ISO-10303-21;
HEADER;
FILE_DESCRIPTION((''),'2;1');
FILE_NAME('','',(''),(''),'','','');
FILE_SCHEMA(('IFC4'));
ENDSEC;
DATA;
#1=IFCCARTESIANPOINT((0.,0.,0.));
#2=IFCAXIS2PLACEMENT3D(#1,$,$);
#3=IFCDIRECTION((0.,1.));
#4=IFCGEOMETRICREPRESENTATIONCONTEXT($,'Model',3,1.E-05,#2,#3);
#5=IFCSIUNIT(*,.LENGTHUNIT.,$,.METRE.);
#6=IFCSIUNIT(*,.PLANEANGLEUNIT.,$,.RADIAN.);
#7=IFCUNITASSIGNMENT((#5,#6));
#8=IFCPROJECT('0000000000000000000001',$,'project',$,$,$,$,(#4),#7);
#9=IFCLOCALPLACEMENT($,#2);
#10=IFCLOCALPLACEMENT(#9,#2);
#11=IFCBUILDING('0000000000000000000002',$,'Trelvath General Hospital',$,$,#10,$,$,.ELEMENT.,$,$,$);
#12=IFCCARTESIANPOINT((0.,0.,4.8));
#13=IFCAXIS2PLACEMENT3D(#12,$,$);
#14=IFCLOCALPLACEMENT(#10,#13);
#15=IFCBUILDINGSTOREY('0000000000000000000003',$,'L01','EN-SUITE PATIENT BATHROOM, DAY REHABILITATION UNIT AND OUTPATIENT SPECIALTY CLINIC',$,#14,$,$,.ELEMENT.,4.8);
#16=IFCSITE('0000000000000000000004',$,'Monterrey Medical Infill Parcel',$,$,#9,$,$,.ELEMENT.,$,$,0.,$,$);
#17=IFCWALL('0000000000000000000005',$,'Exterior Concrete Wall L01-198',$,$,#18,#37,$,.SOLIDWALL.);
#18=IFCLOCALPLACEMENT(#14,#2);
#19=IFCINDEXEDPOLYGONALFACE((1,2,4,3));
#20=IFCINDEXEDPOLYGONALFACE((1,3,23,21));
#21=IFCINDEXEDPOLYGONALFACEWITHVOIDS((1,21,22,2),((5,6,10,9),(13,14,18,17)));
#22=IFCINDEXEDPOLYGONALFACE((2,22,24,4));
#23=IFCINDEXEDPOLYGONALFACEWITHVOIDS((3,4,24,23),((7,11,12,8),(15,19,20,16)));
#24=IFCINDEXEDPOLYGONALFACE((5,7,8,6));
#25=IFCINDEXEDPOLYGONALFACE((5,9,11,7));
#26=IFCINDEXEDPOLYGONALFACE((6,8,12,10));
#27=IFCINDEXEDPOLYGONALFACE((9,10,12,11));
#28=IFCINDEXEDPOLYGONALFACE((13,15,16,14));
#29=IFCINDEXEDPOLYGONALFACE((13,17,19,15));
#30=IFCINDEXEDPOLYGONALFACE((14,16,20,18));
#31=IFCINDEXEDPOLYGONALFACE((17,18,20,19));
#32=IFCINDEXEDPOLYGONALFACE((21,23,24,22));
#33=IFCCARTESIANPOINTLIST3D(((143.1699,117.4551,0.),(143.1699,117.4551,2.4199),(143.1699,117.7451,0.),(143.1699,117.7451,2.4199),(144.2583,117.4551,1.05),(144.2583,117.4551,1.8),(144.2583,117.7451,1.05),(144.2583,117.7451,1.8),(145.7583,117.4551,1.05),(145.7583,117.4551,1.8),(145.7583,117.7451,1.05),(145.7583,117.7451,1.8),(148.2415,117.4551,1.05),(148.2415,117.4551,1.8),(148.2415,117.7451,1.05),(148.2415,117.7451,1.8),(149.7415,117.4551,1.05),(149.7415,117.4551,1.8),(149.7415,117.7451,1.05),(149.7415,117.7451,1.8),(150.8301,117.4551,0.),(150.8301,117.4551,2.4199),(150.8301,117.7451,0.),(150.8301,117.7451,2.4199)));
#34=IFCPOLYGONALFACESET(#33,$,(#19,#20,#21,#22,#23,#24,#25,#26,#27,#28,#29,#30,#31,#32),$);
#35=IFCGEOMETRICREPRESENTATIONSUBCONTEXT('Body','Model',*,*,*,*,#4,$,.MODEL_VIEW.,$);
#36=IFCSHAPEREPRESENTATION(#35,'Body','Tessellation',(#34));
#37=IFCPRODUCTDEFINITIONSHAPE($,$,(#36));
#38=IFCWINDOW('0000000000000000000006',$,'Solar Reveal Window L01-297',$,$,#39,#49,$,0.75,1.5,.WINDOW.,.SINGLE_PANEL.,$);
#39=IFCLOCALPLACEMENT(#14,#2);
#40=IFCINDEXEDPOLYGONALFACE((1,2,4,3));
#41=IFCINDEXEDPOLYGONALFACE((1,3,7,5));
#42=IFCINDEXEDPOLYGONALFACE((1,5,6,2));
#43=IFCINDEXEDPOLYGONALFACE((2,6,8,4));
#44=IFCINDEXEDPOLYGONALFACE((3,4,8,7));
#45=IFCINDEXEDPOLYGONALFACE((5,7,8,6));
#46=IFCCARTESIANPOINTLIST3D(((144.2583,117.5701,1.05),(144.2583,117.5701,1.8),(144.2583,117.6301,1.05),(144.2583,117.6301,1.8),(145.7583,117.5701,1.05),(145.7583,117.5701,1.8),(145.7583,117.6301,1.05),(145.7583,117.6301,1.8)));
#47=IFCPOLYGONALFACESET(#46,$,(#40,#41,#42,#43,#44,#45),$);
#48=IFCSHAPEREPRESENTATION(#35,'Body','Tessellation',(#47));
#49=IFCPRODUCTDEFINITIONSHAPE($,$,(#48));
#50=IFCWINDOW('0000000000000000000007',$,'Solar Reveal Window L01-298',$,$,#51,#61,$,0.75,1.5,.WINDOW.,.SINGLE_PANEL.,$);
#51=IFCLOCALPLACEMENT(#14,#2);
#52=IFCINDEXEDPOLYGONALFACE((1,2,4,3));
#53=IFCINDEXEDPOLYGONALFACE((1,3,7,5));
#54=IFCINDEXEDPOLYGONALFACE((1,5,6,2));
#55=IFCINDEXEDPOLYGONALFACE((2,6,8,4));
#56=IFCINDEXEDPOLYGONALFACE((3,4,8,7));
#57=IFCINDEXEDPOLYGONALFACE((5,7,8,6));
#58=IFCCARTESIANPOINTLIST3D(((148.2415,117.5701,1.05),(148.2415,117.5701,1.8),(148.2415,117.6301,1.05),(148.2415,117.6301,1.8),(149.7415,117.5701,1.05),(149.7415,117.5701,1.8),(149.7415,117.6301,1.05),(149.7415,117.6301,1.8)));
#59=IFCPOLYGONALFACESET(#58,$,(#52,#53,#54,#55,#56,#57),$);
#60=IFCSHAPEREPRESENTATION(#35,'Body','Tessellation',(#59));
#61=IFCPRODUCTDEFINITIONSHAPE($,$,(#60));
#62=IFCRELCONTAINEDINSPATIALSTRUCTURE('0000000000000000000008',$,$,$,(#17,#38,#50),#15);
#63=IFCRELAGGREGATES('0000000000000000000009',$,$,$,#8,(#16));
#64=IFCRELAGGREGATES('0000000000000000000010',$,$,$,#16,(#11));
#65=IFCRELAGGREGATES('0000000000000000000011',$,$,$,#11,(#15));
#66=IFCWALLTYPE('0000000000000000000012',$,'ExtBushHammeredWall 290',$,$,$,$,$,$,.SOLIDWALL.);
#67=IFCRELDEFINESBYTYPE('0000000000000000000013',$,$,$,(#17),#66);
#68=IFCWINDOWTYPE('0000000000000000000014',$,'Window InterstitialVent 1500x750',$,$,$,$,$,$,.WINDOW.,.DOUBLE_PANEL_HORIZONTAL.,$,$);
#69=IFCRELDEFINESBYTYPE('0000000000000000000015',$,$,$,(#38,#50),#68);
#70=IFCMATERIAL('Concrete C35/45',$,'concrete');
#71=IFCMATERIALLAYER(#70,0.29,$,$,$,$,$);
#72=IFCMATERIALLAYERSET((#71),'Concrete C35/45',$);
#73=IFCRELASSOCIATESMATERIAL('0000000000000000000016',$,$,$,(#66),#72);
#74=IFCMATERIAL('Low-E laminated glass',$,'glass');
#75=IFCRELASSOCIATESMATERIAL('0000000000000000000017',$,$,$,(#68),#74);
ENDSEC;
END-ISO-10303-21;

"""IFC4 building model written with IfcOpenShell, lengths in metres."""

from ifc_helpers import new_model, si_unit, direction, frame, frame_2d, origin, place, context, subcontext, project, spatial, rectangle, extrude, material, layer, layer_set, type_object, element, fill, save


model = new_model("IFC4")

# Units and contexts
model_context = context("Model", 3, precision=1e-05, world=origin(), true_north=direction((0.0, 1.0)))
body_context = subcontext(model_context, "Body", "Model", "MODEL_VIEW")
ifc_project = project(units=[si_unit("LENGTHUNIT", "METRE"), si_unit("PLANEANGLEUNIT", "RADIAN")], contexts=[model_context])

# Site, building, storey
site_placement = place(None, origin())
site = spatial("IfcSite", under=ifc_project, at=site_placement, Name="Monterrey Medical Infill Parcel", CompositionType="ELEMENT", RefElevation=0.0)
building_placement = place(site_placement, origin())
building = spatial("IfcBuilding", under=site, at=building_placement, Name="Trelvath General Hospital", CompositionType="ELEMENT")
storey_placement = place(building_placement, frame((0.0, 0.0, 4.8)))
storey = spatial("IfcBuildingStorey", under=building, at=storey_placement, Name="L01", Description="EN-SUITE PATIENT BATHROOM, DAY REHABILITATION UNIT AND OUTPATIENT SPECIALTY CLINIC", CompositionType="ELEMENT", Elevation=4.8)

# Wall, openings, windows
ifc_material_1 = material(Name="Concrete C35/45", Category="concrete")
ifc_layer_1 = layer(ifc_material_1, 0.29)
ifc_layer_set_1 = layer_set([ifc_layer_1], Name="Concrete C35/45")
wall_type_1 = type_object("IfcWallType", Name="ExtBushHammeredWall 290", PredefinedType="SOLIDWALL", material=ifc_layer_set_1)
wall_1_placement = place(storey_placement, frame((143.1699, 117.6001, 0.0), z_axis=(0.0, 0.0, 1.0), x_axis=(1.0, 0.0, 0.0)))
wall_1 = element("IfcWall", 1, at=wall_1_placement, inside=storey, type_object=wall_type_1, Name="Exterior Concrete Wall L01-198", PredefinedType="SOLIDWALL", context=body_context, shape_type="SweptSolid", body=[
    extrude(rectangle(XDim=7.6602, YDim=0.29, at=frame_2d((3.8301, 0.0))), origin(), (0.0, 0.0, 1.0), 2.4199),
])
opening_1_placement = place(wall_1_placement, frame((1.0884, 0.0, 1.05)))
opening_1 = element("IfcOpeningElement", 2, at=opening_1_placement, cuts=wall_1, PredefinedType="OPENING", context=body_context, shape_type="SweptSolid", body=[
    extrude(rectangle(XDim=1.5, YDim=0.75, at=frame_2d((0.75, 0.375))), frame((0.0, 0.155, 0.0), z_axis=(0.0, -1.0, 0.0), x_axis=(1.0, 0.0, 0.0)), (0.0, 0.0, 1.0), 0.3101),
])
opening_2_placement = place(wall_1_placement, frame((5.0715, 0.0, 1.05)))
opening_2 = element("IfcOpeningElement", 3, at=opening_2_placement, cuts=wall_1, PredefinedType="OPENING", context=body_context, shape_type="SweptSolid", body=[
    extrude(rectangle(XDim=1.5, YDim=0.75, at=frame_2d((0.75, 0.375))), frame((0.0, 0.155, 0.0), z_axis=(0.0, -1.0, 0.0), x_axis=(1.0, 0.0, 0.0)), (0.0, 0.0, 1.0), 0.3101),
])
ifc_material_2 = material(Name="Low-E laminated glass", Category="glass")
window_type = type_object("IfcWindowType", Name="Window InterstitialVent 1500x750", PartitioningType="DOUBLE_PANEL_HORIZONTAL", PredefinedType="WINDOW", material=ifc_material_2)
window_1_placement = place(opening_1_placement, origin())
window_1 = element("IfcWindow", 4, at=window_1_placement, inside=storey, type_object=window_type, Name="Solar Reveal Window L01-297", OverallHeight=0.75, OverallWidth=1.5, PartitioningType="SINGLE_PANEL", PredefinedType="WINDOW", context=body_context, shape_type="SweptSolid", body=[
    extrude(rectangle(XDim=1.5, YDim=0.75, at=frame_2d((0.75, 0.375))), frame((0.0, 0.03, 0.0), z_axis=(0.0, -1.0, 0.0), x_axis=(1.0, 0.0, 0.0)), (0.0, 0.0, 1.0), 0.0601),
])
fill(opening_1, window_1)
window_2_placement = place(opening_2_placement, origin())
window_2 = element("IfcWindow", 5, at=window_2_placement, inside=storey, type_object=window_type, Name="Solar Reveal Window L01-298", OverallHeight=0.75, OverallWidth=1.5, PartitioningType="SINGLE_PANEL", PredefinedType="WINDOW", context=body_context, shape_type="SweptSolid", body=[
    extrude(rectangle(XDim=1.5, YDim=0.75, at=frame_2d((0.75, 0.375))), frame((0.0, 0.03, 0.0), z_axis=(0.0, -1.0, 0.0), x_axis=(1.0, 0.0, 0.0)), (0.0, 0.0, 1.0), 0.0601),
])
fill(opening_2, window_2)

save(model, "model.ifc")
